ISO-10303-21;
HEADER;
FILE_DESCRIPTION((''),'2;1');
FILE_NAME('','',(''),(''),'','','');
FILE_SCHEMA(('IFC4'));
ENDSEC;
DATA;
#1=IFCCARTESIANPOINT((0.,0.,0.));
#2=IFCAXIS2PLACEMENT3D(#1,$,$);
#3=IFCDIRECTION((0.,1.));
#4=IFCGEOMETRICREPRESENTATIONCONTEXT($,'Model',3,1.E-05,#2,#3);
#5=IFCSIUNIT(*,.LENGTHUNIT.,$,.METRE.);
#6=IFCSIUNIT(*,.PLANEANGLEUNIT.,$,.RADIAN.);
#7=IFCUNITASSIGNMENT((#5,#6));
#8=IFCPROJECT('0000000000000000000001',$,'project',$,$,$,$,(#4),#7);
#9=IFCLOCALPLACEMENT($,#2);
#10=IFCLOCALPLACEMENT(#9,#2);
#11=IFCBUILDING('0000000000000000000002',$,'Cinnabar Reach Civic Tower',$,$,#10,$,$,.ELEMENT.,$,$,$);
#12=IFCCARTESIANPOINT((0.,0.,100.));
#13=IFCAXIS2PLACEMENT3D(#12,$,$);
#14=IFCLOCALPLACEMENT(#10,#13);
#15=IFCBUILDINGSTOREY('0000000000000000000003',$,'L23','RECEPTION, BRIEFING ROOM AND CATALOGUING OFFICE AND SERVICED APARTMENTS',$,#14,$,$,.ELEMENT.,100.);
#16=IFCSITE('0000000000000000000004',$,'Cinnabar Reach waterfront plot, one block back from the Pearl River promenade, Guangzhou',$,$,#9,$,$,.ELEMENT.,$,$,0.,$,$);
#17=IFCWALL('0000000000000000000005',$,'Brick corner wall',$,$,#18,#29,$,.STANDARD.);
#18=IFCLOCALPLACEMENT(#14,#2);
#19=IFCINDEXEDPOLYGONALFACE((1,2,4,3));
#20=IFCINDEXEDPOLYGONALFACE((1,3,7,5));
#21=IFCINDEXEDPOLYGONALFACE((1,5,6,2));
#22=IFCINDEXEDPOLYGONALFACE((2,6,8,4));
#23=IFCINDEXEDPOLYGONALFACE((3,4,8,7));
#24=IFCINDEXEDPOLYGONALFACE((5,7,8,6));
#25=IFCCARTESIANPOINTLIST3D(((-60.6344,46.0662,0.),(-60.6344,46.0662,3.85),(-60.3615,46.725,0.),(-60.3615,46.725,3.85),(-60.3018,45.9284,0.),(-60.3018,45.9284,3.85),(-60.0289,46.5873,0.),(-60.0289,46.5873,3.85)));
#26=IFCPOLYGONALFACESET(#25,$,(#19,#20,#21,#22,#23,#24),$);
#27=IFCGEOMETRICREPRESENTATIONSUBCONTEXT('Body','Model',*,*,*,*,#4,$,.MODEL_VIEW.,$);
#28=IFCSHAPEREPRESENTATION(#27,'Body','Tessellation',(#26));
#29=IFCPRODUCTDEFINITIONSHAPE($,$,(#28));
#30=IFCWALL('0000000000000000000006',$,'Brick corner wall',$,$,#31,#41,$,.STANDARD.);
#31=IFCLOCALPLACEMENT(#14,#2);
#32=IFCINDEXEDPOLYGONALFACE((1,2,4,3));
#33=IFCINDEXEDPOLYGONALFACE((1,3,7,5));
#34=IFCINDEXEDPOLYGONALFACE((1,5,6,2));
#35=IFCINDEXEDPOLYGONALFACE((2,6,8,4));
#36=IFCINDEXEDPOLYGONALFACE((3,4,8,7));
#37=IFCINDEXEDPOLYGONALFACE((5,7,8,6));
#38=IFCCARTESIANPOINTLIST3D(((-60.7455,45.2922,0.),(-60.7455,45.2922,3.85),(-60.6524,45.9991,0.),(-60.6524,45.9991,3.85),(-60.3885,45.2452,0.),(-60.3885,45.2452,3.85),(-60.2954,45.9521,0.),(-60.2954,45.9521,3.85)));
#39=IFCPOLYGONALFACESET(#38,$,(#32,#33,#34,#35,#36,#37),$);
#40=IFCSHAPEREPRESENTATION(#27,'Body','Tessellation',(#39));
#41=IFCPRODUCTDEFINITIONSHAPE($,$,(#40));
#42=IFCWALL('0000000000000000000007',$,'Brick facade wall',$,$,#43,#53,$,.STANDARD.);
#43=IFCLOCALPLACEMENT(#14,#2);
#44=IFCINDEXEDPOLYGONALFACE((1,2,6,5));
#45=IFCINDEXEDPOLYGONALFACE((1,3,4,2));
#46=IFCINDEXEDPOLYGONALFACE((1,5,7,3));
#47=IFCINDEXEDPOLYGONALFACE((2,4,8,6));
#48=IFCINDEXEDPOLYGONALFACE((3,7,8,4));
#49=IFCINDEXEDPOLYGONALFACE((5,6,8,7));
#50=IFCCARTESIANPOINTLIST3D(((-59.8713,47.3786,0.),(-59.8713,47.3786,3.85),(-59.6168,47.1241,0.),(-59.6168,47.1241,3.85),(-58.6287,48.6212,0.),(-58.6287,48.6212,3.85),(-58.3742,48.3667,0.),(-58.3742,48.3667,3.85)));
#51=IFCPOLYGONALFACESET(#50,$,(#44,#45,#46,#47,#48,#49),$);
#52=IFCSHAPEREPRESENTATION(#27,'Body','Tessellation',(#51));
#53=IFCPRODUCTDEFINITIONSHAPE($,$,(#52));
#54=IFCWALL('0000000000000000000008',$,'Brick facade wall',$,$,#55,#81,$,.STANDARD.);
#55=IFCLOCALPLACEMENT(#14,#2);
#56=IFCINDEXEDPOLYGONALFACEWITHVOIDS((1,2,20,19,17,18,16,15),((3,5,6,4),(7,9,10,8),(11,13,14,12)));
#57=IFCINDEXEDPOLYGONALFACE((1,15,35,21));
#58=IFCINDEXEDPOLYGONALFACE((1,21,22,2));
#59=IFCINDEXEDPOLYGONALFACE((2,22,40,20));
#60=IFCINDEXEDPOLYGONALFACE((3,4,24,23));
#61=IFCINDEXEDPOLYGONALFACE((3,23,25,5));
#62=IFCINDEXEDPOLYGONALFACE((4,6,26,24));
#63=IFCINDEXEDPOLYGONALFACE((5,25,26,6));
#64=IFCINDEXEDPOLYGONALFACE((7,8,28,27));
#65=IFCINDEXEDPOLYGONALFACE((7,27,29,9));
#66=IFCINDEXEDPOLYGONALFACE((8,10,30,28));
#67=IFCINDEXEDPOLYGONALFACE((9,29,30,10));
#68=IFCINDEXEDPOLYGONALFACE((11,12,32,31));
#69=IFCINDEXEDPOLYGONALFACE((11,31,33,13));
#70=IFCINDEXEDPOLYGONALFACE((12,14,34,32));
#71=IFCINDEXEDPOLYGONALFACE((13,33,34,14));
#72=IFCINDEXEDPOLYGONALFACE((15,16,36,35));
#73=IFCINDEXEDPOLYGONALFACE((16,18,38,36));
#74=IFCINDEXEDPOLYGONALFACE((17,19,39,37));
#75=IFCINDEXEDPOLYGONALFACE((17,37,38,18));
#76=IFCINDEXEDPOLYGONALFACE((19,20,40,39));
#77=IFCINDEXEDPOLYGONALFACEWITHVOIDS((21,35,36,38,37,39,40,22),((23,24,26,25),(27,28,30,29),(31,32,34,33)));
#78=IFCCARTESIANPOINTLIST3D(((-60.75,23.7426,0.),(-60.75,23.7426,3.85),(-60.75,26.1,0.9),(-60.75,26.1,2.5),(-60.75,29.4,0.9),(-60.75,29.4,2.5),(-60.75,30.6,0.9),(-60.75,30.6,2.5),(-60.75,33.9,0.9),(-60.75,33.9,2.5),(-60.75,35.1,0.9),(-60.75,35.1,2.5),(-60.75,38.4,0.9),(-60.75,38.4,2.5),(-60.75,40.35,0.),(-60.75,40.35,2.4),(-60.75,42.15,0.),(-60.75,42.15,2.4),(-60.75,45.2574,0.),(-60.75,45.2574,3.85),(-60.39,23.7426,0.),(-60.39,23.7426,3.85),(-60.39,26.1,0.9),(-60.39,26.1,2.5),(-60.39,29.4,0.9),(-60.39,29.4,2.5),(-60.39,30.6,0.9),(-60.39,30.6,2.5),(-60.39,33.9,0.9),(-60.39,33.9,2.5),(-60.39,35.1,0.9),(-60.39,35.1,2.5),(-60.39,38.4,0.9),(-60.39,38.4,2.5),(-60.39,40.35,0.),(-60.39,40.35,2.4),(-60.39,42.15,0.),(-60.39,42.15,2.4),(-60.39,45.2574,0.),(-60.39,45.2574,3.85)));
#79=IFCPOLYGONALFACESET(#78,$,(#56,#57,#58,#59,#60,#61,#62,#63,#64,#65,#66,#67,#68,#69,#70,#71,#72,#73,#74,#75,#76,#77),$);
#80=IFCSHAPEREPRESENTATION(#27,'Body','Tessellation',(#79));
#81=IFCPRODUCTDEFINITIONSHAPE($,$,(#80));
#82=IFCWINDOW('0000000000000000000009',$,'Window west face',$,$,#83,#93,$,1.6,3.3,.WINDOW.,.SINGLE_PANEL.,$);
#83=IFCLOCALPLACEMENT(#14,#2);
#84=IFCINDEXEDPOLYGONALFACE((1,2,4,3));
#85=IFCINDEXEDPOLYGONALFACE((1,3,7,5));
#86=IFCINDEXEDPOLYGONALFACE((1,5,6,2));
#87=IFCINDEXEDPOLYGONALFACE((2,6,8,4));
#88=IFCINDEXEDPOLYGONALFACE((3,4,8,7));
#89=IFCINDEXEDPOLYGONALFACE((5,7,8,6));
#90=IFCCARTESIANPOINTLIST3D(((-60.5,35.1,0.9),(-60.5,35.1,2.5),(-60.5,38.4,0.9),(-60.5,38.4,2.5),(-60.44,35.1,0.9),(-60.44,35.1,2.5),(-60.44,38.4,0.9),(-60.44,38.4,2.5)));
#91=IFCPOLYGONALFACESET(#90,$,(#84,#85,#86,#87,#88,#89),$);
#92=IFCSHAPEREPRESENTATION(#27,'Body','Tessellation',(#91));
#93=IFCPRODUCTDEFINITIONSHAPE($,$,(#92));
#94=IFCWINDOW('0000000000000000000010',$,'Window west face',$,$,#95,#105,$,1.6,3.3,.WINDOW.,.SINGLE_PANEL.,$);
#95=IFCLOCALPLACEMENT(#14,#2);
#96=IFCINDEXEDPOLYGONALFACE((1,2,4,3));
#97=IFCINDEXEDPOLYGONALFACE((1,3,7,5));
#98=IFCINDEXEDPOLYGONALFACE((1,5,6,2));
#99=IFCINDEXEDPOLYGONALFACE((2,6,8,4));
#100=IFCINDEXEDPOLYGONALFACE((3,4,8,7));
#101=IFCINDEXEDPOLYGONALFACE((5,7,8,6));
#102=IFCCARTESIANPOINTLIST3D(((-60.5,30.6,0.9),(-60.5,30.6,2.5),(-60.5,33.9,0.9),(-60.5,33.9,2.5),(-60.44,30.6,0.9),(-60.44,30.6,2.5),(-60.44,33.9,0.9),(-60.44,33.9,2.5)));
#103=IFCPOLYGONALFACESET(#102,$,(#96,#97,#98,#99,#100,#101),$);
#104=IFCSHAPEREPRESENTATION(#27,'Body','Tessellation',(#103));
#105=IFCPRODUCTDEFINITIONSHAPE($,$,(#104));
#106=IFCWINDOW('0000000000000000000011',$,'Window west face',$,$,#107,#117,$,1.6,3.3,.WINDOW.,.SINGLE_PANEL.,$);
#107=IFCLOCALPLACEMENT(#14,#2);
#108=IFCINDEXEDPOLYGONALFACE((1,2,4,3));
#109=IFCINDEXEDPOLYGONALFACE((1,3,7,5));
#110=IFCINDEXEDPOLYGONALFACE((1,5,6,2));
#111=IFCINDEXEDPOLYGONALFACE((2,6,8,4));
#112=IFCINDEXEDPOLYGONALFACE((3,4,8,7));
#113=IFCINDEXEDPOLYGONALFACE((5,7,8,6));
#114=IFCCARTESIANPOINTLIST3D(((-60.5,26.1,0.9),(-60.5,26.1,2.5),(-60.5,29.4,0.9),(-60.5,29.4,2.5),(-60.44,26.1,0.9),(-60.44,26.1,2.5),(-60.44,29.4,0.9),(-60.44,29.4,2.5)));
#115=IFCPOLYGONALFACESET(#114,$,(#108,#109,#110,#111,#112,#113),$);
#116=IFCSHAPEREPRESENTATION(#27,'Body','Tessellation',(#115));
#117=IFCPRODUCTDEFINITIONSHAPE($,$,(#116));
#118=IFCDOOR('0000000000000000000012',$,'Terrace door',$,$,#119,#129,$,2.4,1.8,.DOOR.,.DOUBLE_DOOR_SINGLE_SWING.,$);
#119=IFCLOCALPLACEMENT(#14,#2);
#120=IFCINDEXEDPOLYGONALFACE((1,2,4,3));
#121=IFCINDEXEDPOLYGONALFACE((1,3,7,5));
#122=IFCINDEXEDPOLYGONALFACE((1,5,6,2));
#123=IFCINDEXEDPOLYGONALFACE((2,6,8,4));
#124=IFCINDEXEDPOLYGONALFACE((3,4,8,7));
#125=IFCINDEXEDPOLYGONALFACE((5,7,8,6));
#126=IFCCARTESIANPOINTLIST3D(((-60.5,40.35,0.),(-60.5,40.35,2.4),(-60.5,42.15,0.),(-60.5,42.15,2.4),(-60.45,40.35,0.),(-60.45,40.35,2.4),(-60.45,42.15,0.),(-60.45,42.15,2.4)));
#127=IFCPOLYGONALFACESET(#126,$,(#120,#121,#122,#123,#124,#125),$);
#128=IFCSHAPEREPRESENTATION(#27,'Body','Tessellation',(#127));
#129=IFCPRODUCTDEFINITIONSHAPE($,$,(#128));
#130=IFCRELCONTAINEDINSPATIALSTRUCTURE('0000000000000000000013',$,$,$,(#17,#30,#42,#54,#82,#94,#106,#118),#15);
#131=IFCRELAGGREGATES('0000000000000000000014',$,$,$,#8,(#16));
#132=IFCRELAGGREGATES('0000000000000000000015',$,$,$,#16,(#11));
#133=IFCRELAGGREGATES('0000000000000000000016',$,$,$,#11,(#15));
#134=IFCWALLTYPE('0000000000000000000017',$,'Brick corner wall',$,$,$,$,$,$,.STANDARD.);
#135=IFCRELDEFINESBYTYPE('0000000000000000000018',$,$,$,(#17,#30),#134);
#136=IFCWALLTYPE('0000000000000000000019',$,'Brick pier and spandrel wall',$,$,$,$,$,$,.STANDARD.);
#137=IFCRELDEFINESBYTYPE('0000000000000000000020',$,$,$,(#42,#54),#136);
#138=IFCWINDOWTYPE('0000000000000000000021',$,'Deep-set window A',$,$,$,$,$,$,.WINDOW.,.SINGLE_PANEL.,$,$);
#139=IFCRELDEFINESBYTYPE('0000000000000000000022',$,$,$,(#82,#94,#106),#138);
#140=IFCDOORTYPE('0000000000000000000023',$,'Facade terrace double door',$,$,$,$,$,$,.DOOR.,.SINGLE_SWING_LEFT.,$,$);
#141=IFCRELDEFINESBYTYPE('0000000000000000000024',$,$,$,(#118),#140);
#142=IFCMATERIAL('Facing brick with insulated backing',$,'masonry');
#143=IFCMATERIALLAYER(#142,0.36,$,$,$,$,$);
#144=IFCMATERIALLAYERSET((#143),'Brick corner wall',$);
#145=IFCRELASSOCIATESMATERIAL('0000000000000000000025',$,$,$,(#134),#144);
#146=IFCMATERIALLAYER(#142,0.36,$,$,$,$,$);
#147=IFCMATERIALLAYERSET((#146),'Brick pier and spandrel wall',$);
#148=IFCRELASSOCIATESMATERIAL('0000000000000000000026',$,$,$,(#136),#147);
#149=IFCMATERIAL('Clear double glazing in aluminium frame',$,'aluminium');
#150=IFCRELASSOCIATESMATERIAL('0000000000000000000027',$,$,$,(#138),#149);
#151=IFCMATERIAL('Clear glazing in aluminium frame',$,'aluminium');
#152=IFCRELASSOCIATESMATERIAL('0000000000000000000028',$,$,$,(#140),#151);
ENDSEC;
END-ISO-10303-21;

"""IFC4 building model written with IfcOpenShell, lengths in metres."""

from ifc_helpers import new_model, si_unit, direction, frame, frame_2d, origin, place, context, subcontext, project, spatial, rectangle, extrude, material, layer, layer_set, type_object, element, fill, save


model = new_model("IFC4")

# Units and contexts
model_context = context("Model", 3, precision=1e-05, world=origin(), true_north=direction((0.0, 1.0)))
body_context = subcontext(model_context, "Body", "Model", "MODEL_VIEW")
ifc_project = project(units=[si_unit("LENGTHUNIT", "METRE"), si_unit("PLANEANGLEUNIT", "RADIAN")], contexts=[model_context])

# Site, building, storey
site_placement = place(None, origin())
site = spatial("IfcSite", under=ifc_project, at=site_placement, Name="Cinnabar Reach waterfront plot, one block back from the Pearl River promenade, Guangzhou", CompositionType="ELEMENT", RefElevation=0.0)
building_placement = place(site_placement, origin())
building = spatial("IfcBuilding", under=site, at=building_placement, Name="Cinnabar Reach Civic Tower", CompositionType="ELEMENT")
storey_placement = place(building_placement, frame((0.0, 0.0, 100.0)))
storey = spatial("IfcBuildingStorey", under=building, at=storey_placement, Name="L23", Description="RECEPTION, BRIEFING ROOM AND CATALOGUING OFFICE AND SERVICED APARTMENTS", CompositionType="ELEMENT", Elevation=100.0)

# Walls
ifc_material_1 = material(Name="Facing brick with insulated backing", Category="masonry")
ifc_layer_1 = layer(ifc_material_1, 0.36)
ifc_layer_set_1 = layer_set([ifc_layer_1], Name="Brick corner wall")
wall_type_1 = type_object("IfcWallType", Name="Brick corner wall", PredefinedType="STANDARD", material=ifc_layer_set_1)
for number, where, z_axis, x_axis, name in (
    (1, (-60.1952, 46.6561, 0.0), (0.0, 0.0, 1.0), (-0.382703, -0.923872, 0.0), "Brick corner wall"),
    (2, (-60.4739, 45.9756, 0.0), (0.0, 0.0, 1.0), (-0.130556, -0.991441, 0.0), "Brick corner wall"),
):
    element("IfcWall", number, at=place(storey_placement, frame(where, z_axis=z_axis, x_axis=x_axis)), inside=storey, type_object=wall_type_1, Name=name, PredefinedType="STANDARD", context=body_context, shape_type="SweptSolid", body=[
        extrude(rectangle(XDim=0.7131, YDim=0.36, at=frame_2d((0.3565, 0.0))), origin(), (0.0, 0.0, 1.0), 3.85),
    ])
ifc_layer_2 = layer(ifc_material_1, 0.36)
ifc_layer_set_2 = layer_set([ifc_layer_2], Name="Brick pier and spandrel wall")
wall_type_2 = type_object("IfcWallType", Name="Brick pier and spandrel wall", PredefinedType="STANDARD", material=ifc_layer_set_2)
wall_1_placement = place(storey_placement, frame((-58.5014, 48.494, 0.0), z_axis=(0.0, 0.0, 1.0), x_axis=(-0.707107, -0.707107, 0.0)))
element("IfcWall", 3, at=wall_1_placement, inside=storey, type_object=wall_type_2, Name="Brick facade wall", PredefinedType="STANDARD", context=body_context, shape_type="SweptSolid", body=[
    extrude(rectangle(XDim=1.7573, YDim=0.36, at=frame_2d((0.8787, 0.0))), origin(), (0.0, 0.0, 1.0), 3.85),
])

# Wall, openings, windows, door
wall_2_placement = place(storey_placement, frame((-60.57, 45.2574, 0.0), z_axis=(0.0, 0.0, 1.0), x_axis=(0.0, -1.0, 0.0)))
wall_2 = element("IfcWall", 4, at=wall_2_placement, inside=storey, type_object=wall_type_2, Name="Brick facade wall", PredefinedType="STANDARD", context=body_context, shape_type="SweptSolid", body=[
    extrude(rectangle(XDim=21.5148, YDim=0.36, at=frame_2d((10.7574, 0.0))), origin(), (0.0, 0.0, 1.0), 3.85),
])
opening_1_placement = place(wall_2_placement, frame((3.1074, 0.0, 0.0)))
opening_1 = element("IfcOpeningElement", 5, at=opening_1_placement, cuts=wall_2, PredefinedType="OPENING", context=body_context, shape_type="SweptSolid", body=[
    extrude(rectangle(XDim=1.8, YDim=2.4, at=frame_2d((0.9, 1.2))), frame((0.0, 0.19, 0.0), z_axis=(0.0, -1.0, 0.0), x_axis=(1.0, 0.0, 0.0)), (0.0, 0.0, 1.0), 0.38),
])
opening_2_placement = place(wall_2_placement, frame((6.8574, 0.0, 0.9)))
opening_2 = element("IfcOpeningElement", 6, at=opening_2_placement, cuts=wall_2, PredefinedType="OPENING", context=body_context, shape_type="SweptSolid", body=[
    extrude(rectangle(XDim=3.3, YDim=1.6, at=frame_2d((1.65, 0.8))), frame((0.0, 0.19, 0.0), z_axis=(0.0, -1.0, 0.0), x_axis=(1.0, 0.0, 0.0)), (0.0, 0.0, 1.0), 0.38),
])
opening_3_placement = place(wall_2_placement, frame((11.3574, 0.0, 0.9)))
opening_3 = element("IfcOpeningElement", 7, at=opening_3_placement, cuts=wall_2, PredefinedType="OPENING", context=body_context, shape_type="SweptSolid", body=[
    extrude(rectangle(XDim=3.3, YDim=1.6, at=frame_2d((1.65, 0.8))), frame((0.0, 0.19, 0.0), z_axis=(0.0, -1.0, 0.0), x_axis=(1.0, 0.0, 0.0)), (0.0, 0.0, 1.0), 0.38),
])
opening_4_placement = place(wall_2_placement, frame((15.8574, 0.0, 0.9)))
opening_4 = element("IfcOpeningElement", 8, at=opening_4_placement, cuts=wall_2, PredefinedType="OPENING", context=body_context, shape_type="SweptSolid", body=[
    extrude(rectangle(XDim=3.3, YDim=1.6, at=frame_2d((1.65, 0.8))), frame((0.0, 0.19, 0.0), z_axis=(0.0, -1.0, 0.0), x_axis=(1.0, 0.0, 0.0)), (0.0, 0.0, 1.0), 0.38),
])
ifc_material_2 = material(Name="Clear double glazing in aluminium frame", Category="aluminium")
window_type = type_object("IfcWindowType", Name="Deep-set window A", PartitioningType="SINGLE_PANEL", PredefinedType="WINDOW", material=ifc_material_2)
window_1_placement = place(opening_2_placement, origin())
window_1 = element("IfcWindow", 9, at=window_1_placement, inside=storey, type_object=window_type, Name="Window west face", OverallHeight=1.6, OverallWidth=3.3, PartitioningType="SINGLE_PANEL", PredefinedType="WINDOW", context=body_context, shape_type="SweptSolid", body=[
    extrude(rectangle(XDim=3.3, YDim=1.6, at=frame_2d((1.65, 0.8))), frame((0.0, 0.13, 0.0), z_axis=(0.0, -1.0, 0.0), x_axis=(1.0, 0.0, 0.0)), (0.0, 0.0, 1.0), 0.06),
])
fill(opening_2, window_1)
window_2_placement = place(opening_3_placement, origin())
window_2 = element("IfcWindow", 10, at=window_2_placement, inside=storey, type_object=window_type, Name="Window west face", OverallHeight=1.6, OverallWidth=3.3, PartitioningType="SINGLE_PANEL", PredefinedType="WINDOW", context=body_context, shape_type="SweptSolid", body=[
    extrude(rectangle(XDim=3.3, YDim=1.6, at=frame_2d((1.65, 0.8))), frame((0.0, 0.13, 0.0), z_axis=(0.0, -1.0, 0.0), x_axis=(1.0, 0.0, 0.0)), (0.0, 0.0, 1.0), 0.06),
])
fill(opening_3, window_2)
window_3_placement = place(opening_4_placement, origin())
window_3 = element("IfcWindow", 11, at=window_3_placement, inside=storey, type_object=window_type, Name="Window west face", OverallHeight=1.6, OverallWidth=3.3, PartitioningType="SINGLE_PANEL", PredefinedType="WINDOW", context=body_context, shape_type="SweptSolid", body=[
    extrude(rectangle(XDim=3.3, YDim=1.6, at=frame_2d((1.65, 0.8))), frame((0.0, 0.13, 0.0), z_axis=(0.0, -1.0, 0.0), x_axis=(1.0, 0.0, 0.0)), (0.0, 0.0, 1.0), 0.06),
])
fill(opening_4, window_3)
ifc_material_3 = material(Name="Clear glazing in aluminium frame", Category="aluminium")
door_type = type_object("IfcDoorType", Name="Facade terrace double door", OperationType="SINGLE_SWING_LEFT", PredefinedType="DOOR", material=ifc_material_3)
door_placement = place(opening_1_placement, frame((1.8, 0.0, 0.0), z_axis=(0.0, 0.0, 1.0), x_axis=(-1.0, 0.0, 0.0)))
door = element("IfcDoor", 12, at=door_placement, inside=storey, type_object=door_type, Name="Terrace door", OperationType="DOUBLE_DOOR_SINGLE_SWING", OverallHeight=2.4, OverallWidth=1.8, PredefinedType="DOOR", context=body_context, shape_type="SweptSolid", body=[
    extrude(rectangle(XDim=1.8, YDim=2.4, at=frame_2d((0.9, 1.2))), frame((0.0, -0.07, 0.0), z_axis=(0.0, -1.0, 0.0), x_axis=(1.0, 0.0, 0.0)), (0.0, 0.0, 1.0), 0.05),
])
fill(opening_1, door)

save(model, "model.ifc")
